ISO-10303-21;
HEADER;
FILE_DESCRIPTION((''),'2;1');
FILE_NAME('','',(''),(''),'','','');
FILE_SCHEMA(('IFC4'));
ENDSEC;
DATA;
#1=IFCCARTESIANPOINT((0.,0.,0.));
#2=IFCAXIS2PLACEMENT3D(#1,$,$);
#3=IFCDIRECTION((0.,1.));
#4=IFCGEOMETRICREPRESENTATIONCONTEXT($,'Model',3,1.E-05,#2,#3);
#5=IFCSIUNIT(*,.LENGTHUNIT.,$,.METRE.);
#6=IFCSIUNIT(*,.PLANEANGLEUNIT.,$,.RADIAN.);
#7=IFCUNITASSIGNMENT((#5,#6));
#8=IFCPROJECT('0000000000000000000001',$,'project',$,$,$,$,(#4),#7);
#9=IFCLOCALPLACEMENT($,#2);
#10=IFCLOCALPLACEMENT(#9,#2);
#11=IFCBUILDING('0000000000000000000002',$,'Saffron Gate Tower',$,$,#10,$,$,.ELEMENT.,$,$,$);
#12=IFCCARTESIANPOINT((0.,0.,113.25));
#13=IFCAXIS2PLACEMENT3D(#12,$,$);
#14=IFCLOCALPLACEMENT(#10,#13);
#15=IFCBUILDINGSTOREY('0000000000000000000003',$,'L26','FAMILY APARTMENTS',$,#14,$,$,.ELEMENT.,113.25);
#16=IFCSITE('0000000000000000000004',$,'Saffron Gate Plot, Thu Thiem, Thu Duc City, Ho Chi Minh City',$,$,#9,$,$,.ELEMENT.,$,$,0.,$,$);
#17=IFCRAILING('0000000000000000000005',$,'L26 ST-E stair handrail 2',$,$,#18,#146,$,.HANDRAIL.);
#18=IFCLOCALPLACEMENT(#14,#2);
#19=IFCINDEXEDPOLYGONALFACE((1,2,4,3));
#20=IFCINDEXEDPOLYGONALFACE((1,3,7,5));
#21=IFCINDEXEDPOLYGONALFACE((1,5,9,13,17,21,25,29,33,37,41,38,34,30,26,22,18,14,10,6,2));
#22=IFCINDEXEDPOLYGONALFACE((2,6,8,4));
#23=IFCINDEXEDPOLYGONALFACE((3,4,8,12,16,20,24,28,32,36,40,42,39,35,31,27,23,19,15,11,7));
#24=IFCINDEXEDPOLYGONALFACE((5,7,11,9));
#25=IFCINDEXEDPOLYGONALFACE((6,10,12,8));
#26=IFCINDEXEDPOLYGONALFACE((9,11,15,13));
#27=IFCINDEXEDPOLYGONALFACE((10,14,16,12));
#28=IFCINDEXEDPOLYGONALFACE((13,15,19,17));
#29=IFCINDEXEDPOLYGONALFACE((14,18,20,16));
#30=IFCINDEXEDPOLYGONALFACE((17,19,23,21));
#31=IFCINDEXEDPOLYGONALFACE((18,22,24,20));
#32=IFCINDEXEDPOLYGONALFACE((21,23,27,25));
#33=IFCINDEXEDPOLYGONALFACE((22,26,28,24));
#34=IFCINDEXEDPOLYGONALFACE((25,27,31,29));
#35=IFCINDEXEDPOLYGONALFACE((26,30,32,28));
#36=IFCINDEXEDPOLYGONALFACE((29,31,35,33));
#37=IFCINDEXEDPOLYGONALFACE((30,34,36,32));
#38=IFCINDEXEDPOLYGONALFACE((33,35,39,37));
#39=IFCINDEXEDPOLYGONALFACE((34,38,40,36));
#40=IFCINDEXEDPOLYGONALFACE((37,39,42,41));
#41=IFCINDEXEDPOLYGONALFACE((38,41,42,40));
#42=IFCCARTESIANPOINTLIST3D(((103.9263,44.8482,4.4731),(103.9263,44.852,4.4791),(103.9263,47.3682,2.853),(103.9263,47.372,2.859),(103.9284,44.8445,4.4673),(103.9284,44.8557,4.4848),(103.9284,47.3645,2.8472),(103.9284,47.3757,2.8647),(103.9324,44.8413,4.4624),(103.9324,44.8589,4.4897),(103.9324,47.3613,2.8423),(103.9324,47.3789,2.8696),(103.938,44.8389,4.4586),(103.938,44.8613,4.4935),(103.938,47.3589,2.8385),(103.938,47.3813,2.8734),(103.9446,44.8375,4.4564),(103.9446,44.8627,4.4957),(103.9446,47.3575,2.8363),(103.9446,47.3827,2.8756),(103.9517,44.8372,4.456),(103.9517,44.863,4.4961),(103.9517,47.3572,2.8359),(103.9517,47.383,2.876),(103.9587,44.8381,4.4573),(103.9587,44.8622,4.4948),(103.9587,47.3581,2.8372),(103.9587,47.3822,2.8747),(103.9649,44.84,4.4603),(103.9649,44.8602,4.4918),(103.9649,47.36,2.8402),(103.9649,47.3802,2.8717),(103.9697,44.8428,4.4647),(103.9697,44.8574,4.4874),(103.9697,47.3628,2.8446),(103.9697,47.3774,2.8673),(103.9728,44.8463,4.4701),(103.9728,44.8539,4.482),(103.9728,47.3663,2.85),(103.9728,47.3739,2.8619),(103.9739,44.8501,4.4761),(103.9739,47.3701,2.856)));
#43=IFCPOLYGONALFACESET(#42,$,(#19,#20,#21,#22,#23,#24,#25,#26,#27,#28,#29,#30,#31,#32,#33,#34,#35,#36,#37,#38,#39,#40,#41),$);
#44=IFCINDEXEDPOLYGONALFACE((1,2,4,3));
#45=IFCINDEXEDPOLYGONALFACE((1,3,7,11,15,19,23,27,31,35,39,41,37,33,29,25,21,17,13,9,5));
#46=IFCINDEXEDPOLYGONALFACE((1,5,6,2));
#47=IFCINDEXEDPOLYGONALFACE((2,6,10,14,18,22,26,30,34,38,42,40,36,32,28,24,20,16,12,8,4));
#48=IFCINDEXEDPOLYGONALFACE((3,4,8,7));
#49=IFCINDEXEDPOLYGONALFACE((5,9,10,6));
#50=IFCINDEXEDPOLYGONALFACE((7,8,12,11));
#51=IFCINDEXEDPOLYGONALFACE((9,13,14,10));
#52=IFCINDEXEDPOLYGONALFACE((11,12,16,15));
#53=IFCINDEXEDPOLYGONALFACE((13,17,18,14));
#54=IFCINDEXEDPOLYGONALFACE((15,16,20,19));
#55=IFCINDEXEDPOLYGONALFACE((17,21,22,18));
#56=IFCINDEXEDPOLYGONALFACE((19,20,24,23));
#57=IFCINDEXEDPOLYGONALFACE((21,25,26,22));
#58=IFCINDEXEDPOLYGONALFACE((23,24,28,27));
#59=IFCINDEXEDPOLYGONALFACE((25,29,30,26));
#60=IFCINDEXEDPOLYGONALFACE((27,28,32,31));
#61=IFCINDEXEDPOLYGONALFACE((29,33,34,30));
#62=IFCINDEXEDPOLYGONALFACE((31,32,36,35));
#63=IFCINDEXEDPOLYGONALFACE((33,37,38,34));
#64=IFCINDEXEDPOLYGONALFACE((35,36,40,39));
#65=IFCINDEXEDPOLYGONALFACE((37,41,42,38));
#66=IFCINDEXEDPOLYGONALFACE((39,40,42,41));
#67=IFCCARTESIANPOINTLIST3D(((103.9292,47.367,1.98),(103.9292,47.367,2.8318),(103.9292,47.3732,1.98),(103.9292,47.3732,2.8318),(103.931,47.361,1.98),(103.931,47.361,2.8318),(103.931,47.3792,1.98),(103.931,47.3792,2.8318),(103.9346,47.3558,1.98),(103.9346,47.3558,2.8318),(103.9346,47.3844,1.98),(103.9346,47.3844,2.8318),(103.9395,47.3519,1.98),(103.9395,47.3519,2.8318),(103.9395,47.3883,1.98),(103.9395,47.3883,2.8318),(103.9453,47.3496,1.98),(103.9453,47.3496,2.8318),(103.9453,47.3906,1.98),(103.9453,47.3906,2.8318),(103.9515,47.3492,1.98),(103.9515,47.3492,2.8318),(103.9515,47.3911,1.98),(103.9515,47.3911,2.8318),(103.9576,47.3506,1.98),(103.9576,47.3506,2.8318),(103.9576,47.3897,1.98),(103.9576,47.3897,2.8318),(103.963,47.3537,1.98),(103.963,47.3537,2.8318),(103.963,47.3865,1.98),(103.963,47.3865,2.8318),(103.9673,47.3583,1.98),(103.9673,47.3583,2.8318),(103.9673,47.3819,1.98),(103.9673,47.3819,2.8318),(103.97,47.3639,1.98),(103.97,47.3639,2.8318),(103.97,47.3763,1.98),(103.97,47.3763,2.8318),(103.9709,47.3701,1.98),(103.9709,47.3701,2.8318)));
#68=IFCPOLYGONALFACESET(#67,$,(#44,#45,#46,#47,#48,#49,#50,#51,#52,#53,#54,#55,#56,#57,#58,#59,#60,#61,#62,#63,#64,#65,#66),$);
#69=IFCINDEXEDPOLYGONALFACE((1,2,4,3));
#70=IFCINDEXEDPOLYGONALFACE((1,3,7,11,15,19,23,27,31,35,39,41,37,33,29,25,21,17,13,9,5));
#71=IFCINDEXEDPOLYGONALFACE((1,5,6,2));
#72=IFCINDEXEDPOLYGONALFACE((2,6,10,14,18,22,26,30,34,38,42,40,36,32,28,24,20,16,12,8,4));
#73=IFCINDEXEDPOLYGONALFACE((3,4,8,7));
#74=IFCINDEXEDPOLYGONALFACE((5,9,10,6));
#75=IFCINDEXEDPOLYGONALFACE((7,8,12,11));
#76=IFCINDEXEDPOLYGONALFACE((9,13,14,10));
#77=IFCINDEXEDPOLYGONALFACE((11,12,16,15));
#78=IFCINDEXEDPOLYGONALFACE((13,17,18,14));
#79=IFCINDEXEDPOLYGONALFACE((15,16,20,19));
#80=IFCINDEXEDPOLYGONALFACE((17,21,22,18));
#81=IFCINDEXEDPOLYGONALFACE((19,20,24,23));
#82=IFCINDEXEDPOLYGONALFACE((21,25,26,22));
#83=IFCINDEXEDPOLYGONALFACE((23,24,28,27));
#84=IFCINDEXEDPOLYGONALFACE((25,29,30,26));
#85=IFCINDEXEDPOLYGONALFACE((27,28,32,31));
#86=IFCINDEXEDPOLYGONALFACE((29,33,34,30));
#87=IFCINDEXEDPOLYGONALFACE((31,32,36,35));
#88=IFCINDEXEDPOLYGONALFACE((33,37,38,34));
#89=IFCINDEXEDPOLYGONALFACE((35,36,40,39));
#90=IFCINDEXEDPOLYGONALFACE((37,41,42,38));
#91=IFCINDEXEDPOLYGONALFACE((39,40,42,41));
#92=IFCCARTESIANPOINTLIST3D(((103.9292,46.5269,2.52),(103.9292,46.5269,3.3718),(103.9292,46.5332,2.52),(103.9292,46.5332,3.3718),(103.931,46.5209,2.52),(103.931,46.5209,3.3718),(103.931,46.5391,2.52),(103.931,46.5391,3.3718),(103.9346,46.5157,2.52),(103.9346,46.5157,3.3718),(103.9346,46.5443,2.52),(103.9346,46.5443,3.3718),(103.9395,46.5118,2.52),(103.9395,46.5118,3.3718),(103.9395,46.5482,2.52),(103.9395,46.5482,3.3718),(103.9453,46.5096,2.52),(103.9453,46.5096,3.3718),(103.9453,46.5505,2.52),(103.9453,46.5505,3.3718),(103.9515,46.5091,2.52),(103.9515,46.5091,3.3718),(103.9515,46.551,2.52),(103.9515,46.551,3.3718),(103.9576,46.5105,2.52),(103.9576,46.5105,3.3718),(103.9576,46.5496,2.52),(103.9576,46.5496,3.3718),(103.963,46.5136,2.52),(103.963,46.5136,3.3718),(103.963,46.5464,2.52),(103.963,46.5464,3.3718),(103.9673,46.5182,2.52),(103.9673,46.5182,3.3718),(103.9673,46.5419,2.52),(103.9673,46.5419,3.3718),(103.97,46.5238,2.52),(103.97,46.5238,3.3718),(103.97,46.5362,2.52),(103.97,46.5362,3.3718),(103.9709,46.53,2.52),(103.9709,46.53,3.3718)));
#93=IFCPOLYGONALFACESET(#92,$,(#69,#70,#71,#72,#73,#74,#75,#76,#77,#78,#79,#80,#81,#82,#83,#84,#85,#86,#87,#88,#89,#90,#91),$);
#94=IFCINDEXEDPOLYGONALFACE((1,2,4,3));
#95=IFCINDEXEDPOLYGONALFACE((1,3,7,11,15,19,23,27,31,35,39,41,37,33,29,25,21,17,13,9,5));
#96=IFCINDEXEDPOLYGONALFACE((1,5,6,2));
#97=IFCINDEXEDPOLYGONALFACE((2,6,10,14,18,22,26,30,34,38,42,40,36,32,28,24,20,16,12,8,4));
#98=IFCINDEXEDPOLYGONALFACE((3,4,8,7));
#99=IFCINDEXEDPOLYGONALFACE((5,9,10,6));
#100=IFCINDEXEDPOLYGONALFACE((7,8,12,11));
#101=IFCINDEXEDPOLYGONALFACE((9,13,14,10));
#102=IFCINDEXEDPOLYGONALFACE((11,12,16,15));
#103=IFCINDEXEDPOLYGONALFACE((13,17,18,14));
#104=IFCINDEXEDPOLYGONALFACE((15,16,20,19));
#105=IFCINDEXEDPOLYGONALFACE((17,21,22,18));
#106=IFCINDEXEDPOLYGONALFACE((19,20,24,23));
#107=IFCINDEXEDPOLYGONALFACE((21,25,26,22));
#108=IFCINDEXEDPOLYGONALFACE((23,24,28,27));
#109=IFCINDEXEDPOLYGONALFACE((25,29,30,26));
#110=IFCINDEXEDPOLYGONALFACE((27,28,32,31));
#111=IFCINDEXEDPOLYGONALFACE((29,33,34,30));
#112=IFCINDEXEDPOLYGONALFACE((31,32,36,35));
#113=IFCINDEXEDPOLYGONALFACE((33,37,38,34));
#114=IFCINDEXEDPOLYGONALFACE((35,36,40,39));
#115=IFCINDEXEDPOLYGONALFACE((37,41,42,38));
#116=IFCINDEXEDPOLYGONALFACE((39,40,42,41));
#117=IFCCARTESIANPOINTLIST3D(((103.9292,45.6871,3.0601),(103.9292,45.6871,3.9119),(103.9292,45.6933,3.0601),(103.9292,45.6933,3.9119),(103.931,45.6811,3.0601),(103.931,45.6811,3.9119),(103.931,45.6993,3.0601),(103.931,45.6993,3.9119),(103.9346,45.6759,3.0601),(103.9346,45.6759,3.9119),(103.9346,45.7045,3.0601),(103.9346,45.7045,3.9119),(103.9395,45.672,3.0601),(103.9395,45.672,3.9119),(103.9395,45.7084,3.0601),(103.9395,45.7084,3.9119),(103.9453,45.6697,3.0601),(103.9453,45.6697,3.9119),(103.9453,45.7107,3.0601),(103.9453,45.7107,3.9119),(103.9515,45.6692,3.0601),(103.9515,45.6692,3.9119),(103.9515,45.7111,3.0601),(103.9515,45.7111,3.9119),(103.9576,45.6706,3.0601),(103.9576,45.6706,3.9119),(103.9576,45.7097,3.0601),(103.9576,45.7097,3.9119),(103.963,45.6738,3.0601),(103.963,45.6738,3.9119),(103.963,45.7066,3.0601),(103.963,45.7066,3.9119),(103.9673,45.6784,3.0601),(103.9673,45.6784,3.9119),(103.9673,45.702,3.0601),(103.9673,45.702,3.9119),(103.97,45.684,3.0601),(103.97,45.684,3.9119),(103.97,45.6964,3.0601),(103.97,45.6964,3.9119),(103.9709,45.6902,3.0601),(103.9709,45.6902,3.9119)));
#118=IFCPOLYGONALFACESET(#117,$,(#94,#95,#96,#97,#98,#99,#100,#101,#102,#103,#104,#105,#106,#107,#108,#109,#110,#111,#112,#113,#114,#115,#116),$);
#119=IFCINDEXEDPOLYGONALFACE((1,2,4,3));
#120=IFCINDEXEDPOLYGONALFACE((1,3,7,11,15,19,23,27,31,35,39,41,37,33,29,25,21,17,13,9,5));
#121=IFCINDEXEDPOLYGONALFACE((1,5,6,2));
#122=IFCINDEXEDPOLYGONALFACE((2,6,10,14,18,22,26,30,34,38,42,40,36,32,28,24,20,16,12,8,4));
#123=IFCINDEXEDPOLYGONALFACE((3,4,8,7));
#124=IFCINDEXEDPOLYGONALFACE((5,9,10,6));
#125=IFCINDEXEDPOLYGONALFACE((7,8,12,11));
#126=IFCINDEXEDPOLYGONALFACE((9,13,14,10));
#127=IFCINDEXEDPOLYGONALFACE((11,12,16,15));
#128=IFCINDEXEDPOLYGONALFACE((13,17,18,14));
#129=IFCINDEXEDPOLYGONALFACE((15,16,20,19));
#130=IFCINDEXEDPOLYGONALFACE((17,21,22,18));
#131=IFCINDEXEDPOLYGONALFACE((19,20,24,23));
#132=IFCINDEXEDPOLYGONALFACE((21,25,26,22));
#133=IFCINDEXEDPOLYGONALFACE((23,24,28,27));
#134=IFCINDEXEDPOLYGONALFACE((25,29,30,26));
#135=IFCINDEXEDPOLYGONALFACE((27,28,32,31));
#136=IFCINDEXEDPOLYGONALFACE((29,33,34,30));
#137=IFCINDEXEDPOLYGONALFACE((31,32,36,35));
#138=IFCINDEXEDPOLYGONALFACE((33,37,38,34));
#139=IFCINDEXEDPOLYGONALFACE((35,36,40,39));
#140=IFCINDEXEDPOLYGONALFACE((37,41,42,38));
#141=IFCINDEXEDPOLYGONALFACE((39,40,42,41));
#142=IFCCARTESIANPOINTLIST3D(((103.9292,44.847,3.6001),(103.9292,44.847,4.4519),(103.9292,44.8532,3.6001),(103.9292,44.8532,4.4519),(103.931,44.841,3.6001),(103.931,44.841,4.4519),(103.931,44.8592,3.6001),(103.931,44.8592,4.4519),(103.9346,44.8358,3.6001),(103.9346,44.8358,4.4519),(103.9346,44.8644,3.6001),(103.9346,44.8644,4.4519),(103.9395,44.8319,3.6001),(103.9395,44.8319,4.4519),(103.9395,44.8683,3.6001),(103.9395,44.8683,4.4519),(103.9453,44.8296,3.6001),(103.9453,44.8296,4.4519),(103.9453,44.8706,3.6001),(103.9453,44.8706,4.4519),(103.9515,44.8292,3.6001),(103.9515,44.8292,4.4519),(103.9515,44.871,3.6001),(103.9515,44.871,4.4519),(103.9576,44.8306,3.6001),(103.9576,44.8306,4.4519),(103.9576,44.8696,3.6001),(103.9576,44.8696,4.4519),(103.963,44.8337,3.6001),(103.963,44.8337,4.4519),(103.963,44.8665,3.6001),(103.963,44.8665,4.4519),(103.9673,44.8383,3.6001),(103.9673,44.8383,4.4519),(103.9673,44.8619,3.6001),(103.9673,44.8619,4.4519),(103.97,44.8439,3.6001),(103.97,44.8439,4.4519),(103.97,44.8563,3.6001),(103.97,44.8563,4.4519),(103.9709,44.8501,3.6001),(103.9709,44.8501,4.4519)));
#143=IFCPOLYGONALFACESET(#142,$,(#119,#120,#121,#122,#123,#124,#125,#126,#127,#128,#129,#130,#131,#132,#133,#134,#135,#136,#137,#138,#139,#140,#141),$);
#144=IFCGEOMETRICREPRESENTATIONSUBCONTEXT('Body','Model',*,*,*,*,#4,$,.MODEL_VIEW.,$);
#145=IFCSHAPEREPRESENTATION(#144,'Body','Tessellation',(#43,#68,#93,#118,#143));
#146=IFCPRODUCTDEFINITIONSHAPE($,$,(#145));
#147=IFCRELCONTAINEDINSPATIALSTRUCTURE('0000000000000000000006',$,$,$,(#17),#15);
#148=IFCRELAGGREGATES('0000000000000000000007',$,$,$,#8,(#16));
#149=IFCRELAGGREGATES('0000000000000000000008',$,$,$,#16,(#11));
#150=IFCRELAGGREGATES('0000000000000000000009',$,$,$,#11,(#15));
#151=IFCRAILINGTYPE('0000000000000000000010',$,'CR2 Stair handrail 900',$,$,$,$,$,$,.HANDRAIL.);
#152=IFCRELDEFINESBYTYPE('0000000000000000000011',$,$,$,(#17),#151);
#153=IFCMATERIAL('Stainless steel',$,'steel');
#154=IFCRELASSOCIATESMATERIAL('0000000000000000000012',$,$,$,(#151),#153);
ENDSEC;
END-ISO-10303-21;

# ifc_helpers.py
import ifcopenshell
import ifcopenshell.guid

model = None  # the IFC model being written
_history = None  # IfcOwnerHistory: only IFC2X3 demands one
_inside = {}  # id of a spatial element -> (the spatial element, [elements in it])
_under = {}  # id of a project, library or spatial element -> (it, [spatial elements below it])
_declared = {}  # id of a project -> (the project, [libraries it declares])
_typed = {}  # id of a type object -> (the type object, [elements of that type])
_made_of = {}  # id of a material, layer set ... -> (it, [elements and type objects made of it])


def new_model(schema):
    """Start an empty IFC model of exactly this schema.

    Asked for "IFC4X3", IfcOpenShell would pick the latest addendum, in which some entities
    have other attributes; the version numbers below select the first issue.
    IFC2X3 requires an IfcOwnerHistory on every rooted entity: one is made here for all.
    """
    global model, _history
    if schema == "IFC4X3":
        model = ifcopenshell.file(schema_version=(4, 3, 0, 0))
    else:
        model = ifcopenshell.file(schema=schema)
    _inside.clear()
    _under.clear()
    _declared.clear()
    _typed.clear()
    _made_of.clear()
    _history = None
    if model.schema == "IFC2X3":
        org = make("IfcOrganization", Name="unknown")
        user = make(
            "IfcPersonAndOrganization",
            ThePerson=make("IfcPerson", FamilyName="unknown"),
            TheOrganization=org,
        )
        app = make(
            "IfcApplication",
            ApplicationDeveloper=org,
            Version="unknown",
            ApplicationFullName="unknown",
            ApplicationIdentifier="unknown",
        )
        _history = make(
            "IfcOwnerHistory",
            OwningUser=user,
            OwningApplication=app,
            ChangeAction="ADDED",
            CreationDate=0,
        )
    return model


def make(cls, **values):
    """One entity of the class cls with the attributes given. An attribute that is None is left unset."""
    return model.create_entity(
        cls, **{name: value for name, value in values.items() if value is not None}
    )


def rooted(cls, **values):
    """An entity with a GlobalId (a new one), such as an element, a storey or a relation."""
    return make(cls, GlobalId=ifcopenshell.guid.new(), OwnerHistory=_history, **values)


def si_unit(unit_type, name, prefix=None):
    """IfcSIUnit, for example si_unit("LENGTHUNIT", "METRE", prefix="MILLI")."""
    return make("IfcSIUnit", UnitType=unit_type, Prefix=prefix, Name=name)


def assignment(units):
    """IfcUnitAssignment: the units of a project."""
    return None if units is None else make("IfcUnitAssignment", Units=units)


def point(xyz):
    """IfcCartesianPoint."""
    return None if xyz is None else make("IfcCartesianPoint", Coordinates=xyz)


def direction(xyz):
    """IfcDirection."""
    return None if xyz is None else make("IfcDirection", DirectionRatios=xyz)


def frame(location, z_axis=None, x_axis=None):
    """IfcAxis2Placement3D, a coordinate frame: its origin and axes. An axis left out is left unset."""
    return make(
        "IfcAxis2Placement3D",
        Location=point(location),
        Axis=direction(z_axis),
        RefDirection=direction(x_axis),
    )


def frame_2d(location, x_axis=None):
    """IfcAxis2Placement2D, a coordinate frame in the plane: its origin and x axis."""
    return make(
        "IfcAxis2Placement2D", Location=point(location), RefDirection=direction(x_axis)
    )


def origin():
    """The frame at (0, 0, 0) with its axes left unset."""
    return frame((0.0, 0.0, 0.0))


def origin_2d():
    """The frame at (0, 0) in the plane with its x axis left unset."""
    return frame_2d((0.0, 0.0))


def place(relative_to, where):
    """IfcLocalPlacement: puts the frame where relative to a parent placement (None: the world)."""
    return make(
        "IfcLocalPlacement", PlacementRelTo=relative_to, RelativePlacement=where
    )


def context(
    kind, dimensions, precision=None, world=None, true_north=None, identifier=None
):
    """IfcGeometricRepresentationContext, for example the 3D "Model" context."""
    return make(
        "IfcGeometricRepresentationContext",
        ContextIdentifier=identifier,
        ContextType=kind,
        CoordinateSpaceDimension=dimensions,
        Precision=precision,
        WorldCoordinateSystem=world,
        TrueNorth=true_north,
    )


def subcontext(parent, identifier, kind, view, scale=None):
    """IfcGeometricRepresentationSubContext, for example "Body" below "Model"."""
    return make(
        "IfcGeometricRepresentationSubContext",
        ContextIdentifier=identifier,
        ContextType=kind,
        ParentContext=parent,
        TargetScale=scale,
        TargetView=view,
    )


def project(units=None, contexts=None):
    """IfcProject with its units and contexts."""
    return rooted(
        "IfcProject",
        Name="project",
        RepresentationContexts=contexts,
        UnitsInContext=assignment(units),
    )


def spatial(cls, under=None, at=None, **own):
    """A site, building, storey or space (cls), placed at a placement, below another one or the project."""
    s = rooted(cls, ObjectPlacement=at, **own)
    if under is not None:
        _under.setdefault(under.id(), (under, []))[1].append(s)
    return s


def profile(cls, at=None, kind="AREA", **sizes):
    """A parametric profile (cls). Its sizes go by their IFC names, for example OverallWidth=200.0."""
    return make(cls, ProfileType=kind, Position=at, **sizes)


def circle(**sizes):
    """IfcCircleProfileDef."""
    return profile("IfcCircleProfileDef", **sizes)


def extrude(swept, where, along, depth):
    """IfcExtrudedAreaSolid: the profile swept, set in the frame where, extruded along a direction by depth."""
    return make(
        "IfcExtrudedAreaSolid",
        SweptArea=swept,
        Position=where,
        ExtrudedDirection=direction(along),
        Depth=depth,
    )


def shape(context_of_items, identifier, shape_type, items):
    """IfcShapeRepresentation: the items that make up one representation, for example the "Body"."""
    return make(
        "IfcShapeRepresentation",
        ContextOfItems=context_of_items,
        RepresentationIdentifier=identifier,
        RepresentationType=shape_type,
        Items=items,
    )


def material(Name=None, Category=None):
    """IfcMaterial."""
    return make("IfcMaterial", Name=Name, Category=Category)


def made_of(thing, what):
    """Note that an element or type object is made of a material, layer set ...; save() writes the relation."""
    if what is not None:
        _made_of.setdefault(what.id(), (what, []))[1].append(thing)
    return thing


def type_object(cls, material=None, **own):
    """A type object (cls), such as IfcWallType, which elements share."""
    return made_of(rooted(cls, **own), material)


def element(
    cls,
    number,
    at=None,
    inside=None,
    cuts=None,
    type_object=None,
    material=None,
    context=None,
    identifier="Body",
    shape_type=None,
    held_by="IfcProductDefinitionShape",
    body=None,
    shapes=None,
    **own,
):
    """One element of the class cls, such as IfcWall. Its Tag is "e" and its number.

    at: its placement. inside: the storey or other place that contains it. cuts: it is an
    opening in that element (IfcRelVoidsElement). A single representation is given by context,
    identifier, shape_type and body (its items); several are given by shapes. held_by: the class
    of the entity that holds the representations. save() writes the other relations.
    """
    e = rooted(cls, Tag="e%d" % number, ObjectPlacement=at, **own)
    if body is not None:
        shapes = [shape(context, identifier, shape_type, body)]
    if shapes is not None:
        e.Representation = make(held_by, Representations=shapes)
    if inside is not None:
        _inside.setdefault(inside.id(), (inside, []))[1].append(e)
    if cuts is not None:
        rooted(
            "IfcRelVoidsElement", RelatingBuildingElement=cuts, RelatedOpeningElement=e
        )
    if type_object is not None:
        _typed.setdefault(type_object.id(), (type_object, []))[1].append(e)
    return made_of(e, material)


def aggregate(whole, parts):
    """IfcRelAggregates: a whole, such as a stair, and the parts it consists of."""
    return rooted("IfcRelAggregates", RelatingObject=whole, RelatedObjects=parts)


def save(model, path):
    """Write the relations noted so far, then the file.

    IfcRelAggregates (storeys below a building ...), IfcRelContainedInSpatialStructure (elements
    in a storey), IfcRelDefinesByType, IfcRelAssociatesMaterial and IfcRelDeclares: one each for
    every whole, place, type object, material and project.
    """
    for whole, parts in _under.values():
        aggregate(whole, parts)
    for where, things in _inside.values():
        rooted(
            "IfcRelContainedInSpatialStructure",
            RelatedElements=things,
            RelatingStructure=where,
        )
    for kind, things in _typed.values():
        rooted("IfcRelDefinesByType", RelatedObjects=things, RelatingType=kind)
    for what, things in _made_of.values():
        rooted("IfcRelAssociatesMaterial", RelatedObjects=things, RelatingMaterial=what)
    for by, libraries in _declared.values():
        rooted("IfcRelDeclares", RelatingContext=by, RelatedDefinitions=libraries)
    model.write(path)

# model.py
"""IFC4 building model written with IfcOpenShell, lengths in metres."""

from ifc_helpers import new_model, si_unit, direction, frame, origin, origin_2d, place, context, subcontext, project, spatial, circle, extrude, material, type_object, element, save


model = new_model("IFC4")

# Units and contexts
model_context = context("Model", 3, precision=1e-05, world=origin(), true_north=direction((0.0, 1.0)))
body_context = subcontext(model_context, "Body", "Model", "MODEL_VIEW")
ifc_project = project(units=[si_unit("LENGTHUNIT", "METRE"), si_unit("PLANEANGLEUNIT", "RADIAN")], contexts=[model_context])

# Site, building, storey
site_placement = place(None, origin())
site = spatial("IfcSite", under=ifc_project, at=site_placement, Name="Saffron Gate Plot, Thu Thiem, Thu Duc City, Ho Chi Minh City", CompositionType="ELEMENT", RefElevation=0.0)
building_placement = place(site_placement, origin())
building = spatial("IfcBuilding", under=site, at=building_placement, Name="Saffron Gate Tower", CompositionType="ELEMENT")
storey_placement = place(building_placement, frame((0.0, 0.0, 113.25)))
storey = spatial("IfcBuildingStorey", under=building, at=storey_placement, Name="L26", Description="FAMILY APARTMENTS", CompositionType="ELEMENT", Elevation=113.25)

# Railing
ifc_material_1 = material(Name="Stainless steel", Category="steel")
railing_type_1 = type_object("IfcRailingType", Name="CR2 Stair handrail 900", PredefinedType="HANDRAIL", material=ifc_material_1)
railing_1_placement = place(storey_placement, frame((103.95, 47.3701, 1.98)))
element("IfcRailing", 1, at=railing_1_placement, inside=storey, type_object=railing_type_1, Name="L26 ST-E stair handrail 2", PredefinedType="HANDRAIL", context=body_context, shape_type="SweptSolid", body=[
    extrude(circle(Radius=0.0239, at=origin_2d()), frame((0.0, 0.0, 0.876), z_axis=(0.0, -0.841163, 0.540782), x_axis=(1.0, 0.0, 0.0)), (0.0, 0.0, 1.0), 2.9958),
    extrude(circle(Radius=0.021, at=origin_2d()), origin(), (0.0, 0.0, 1.0), 0.8518),
    extrude(circle(Radius=0.021, at=origin_2d()), frame((0.0, -0.8401, 0.54)), (0.0, 0.0, 1.0), 0.8518),
    extrude(circle(Radius=0.021, at=origin_2d()), frame((0.0, -1.6799, 1.0801)), (0.0, 0.0, 1.0), 0.8518),
    extrude(circle(Radius=0.021, at=origin_2d()), frame((0.0, -2.52, 1.6201)), (0.0, 0.0, 1.0), 0.8518),
])

save(model, "model.ifc")
